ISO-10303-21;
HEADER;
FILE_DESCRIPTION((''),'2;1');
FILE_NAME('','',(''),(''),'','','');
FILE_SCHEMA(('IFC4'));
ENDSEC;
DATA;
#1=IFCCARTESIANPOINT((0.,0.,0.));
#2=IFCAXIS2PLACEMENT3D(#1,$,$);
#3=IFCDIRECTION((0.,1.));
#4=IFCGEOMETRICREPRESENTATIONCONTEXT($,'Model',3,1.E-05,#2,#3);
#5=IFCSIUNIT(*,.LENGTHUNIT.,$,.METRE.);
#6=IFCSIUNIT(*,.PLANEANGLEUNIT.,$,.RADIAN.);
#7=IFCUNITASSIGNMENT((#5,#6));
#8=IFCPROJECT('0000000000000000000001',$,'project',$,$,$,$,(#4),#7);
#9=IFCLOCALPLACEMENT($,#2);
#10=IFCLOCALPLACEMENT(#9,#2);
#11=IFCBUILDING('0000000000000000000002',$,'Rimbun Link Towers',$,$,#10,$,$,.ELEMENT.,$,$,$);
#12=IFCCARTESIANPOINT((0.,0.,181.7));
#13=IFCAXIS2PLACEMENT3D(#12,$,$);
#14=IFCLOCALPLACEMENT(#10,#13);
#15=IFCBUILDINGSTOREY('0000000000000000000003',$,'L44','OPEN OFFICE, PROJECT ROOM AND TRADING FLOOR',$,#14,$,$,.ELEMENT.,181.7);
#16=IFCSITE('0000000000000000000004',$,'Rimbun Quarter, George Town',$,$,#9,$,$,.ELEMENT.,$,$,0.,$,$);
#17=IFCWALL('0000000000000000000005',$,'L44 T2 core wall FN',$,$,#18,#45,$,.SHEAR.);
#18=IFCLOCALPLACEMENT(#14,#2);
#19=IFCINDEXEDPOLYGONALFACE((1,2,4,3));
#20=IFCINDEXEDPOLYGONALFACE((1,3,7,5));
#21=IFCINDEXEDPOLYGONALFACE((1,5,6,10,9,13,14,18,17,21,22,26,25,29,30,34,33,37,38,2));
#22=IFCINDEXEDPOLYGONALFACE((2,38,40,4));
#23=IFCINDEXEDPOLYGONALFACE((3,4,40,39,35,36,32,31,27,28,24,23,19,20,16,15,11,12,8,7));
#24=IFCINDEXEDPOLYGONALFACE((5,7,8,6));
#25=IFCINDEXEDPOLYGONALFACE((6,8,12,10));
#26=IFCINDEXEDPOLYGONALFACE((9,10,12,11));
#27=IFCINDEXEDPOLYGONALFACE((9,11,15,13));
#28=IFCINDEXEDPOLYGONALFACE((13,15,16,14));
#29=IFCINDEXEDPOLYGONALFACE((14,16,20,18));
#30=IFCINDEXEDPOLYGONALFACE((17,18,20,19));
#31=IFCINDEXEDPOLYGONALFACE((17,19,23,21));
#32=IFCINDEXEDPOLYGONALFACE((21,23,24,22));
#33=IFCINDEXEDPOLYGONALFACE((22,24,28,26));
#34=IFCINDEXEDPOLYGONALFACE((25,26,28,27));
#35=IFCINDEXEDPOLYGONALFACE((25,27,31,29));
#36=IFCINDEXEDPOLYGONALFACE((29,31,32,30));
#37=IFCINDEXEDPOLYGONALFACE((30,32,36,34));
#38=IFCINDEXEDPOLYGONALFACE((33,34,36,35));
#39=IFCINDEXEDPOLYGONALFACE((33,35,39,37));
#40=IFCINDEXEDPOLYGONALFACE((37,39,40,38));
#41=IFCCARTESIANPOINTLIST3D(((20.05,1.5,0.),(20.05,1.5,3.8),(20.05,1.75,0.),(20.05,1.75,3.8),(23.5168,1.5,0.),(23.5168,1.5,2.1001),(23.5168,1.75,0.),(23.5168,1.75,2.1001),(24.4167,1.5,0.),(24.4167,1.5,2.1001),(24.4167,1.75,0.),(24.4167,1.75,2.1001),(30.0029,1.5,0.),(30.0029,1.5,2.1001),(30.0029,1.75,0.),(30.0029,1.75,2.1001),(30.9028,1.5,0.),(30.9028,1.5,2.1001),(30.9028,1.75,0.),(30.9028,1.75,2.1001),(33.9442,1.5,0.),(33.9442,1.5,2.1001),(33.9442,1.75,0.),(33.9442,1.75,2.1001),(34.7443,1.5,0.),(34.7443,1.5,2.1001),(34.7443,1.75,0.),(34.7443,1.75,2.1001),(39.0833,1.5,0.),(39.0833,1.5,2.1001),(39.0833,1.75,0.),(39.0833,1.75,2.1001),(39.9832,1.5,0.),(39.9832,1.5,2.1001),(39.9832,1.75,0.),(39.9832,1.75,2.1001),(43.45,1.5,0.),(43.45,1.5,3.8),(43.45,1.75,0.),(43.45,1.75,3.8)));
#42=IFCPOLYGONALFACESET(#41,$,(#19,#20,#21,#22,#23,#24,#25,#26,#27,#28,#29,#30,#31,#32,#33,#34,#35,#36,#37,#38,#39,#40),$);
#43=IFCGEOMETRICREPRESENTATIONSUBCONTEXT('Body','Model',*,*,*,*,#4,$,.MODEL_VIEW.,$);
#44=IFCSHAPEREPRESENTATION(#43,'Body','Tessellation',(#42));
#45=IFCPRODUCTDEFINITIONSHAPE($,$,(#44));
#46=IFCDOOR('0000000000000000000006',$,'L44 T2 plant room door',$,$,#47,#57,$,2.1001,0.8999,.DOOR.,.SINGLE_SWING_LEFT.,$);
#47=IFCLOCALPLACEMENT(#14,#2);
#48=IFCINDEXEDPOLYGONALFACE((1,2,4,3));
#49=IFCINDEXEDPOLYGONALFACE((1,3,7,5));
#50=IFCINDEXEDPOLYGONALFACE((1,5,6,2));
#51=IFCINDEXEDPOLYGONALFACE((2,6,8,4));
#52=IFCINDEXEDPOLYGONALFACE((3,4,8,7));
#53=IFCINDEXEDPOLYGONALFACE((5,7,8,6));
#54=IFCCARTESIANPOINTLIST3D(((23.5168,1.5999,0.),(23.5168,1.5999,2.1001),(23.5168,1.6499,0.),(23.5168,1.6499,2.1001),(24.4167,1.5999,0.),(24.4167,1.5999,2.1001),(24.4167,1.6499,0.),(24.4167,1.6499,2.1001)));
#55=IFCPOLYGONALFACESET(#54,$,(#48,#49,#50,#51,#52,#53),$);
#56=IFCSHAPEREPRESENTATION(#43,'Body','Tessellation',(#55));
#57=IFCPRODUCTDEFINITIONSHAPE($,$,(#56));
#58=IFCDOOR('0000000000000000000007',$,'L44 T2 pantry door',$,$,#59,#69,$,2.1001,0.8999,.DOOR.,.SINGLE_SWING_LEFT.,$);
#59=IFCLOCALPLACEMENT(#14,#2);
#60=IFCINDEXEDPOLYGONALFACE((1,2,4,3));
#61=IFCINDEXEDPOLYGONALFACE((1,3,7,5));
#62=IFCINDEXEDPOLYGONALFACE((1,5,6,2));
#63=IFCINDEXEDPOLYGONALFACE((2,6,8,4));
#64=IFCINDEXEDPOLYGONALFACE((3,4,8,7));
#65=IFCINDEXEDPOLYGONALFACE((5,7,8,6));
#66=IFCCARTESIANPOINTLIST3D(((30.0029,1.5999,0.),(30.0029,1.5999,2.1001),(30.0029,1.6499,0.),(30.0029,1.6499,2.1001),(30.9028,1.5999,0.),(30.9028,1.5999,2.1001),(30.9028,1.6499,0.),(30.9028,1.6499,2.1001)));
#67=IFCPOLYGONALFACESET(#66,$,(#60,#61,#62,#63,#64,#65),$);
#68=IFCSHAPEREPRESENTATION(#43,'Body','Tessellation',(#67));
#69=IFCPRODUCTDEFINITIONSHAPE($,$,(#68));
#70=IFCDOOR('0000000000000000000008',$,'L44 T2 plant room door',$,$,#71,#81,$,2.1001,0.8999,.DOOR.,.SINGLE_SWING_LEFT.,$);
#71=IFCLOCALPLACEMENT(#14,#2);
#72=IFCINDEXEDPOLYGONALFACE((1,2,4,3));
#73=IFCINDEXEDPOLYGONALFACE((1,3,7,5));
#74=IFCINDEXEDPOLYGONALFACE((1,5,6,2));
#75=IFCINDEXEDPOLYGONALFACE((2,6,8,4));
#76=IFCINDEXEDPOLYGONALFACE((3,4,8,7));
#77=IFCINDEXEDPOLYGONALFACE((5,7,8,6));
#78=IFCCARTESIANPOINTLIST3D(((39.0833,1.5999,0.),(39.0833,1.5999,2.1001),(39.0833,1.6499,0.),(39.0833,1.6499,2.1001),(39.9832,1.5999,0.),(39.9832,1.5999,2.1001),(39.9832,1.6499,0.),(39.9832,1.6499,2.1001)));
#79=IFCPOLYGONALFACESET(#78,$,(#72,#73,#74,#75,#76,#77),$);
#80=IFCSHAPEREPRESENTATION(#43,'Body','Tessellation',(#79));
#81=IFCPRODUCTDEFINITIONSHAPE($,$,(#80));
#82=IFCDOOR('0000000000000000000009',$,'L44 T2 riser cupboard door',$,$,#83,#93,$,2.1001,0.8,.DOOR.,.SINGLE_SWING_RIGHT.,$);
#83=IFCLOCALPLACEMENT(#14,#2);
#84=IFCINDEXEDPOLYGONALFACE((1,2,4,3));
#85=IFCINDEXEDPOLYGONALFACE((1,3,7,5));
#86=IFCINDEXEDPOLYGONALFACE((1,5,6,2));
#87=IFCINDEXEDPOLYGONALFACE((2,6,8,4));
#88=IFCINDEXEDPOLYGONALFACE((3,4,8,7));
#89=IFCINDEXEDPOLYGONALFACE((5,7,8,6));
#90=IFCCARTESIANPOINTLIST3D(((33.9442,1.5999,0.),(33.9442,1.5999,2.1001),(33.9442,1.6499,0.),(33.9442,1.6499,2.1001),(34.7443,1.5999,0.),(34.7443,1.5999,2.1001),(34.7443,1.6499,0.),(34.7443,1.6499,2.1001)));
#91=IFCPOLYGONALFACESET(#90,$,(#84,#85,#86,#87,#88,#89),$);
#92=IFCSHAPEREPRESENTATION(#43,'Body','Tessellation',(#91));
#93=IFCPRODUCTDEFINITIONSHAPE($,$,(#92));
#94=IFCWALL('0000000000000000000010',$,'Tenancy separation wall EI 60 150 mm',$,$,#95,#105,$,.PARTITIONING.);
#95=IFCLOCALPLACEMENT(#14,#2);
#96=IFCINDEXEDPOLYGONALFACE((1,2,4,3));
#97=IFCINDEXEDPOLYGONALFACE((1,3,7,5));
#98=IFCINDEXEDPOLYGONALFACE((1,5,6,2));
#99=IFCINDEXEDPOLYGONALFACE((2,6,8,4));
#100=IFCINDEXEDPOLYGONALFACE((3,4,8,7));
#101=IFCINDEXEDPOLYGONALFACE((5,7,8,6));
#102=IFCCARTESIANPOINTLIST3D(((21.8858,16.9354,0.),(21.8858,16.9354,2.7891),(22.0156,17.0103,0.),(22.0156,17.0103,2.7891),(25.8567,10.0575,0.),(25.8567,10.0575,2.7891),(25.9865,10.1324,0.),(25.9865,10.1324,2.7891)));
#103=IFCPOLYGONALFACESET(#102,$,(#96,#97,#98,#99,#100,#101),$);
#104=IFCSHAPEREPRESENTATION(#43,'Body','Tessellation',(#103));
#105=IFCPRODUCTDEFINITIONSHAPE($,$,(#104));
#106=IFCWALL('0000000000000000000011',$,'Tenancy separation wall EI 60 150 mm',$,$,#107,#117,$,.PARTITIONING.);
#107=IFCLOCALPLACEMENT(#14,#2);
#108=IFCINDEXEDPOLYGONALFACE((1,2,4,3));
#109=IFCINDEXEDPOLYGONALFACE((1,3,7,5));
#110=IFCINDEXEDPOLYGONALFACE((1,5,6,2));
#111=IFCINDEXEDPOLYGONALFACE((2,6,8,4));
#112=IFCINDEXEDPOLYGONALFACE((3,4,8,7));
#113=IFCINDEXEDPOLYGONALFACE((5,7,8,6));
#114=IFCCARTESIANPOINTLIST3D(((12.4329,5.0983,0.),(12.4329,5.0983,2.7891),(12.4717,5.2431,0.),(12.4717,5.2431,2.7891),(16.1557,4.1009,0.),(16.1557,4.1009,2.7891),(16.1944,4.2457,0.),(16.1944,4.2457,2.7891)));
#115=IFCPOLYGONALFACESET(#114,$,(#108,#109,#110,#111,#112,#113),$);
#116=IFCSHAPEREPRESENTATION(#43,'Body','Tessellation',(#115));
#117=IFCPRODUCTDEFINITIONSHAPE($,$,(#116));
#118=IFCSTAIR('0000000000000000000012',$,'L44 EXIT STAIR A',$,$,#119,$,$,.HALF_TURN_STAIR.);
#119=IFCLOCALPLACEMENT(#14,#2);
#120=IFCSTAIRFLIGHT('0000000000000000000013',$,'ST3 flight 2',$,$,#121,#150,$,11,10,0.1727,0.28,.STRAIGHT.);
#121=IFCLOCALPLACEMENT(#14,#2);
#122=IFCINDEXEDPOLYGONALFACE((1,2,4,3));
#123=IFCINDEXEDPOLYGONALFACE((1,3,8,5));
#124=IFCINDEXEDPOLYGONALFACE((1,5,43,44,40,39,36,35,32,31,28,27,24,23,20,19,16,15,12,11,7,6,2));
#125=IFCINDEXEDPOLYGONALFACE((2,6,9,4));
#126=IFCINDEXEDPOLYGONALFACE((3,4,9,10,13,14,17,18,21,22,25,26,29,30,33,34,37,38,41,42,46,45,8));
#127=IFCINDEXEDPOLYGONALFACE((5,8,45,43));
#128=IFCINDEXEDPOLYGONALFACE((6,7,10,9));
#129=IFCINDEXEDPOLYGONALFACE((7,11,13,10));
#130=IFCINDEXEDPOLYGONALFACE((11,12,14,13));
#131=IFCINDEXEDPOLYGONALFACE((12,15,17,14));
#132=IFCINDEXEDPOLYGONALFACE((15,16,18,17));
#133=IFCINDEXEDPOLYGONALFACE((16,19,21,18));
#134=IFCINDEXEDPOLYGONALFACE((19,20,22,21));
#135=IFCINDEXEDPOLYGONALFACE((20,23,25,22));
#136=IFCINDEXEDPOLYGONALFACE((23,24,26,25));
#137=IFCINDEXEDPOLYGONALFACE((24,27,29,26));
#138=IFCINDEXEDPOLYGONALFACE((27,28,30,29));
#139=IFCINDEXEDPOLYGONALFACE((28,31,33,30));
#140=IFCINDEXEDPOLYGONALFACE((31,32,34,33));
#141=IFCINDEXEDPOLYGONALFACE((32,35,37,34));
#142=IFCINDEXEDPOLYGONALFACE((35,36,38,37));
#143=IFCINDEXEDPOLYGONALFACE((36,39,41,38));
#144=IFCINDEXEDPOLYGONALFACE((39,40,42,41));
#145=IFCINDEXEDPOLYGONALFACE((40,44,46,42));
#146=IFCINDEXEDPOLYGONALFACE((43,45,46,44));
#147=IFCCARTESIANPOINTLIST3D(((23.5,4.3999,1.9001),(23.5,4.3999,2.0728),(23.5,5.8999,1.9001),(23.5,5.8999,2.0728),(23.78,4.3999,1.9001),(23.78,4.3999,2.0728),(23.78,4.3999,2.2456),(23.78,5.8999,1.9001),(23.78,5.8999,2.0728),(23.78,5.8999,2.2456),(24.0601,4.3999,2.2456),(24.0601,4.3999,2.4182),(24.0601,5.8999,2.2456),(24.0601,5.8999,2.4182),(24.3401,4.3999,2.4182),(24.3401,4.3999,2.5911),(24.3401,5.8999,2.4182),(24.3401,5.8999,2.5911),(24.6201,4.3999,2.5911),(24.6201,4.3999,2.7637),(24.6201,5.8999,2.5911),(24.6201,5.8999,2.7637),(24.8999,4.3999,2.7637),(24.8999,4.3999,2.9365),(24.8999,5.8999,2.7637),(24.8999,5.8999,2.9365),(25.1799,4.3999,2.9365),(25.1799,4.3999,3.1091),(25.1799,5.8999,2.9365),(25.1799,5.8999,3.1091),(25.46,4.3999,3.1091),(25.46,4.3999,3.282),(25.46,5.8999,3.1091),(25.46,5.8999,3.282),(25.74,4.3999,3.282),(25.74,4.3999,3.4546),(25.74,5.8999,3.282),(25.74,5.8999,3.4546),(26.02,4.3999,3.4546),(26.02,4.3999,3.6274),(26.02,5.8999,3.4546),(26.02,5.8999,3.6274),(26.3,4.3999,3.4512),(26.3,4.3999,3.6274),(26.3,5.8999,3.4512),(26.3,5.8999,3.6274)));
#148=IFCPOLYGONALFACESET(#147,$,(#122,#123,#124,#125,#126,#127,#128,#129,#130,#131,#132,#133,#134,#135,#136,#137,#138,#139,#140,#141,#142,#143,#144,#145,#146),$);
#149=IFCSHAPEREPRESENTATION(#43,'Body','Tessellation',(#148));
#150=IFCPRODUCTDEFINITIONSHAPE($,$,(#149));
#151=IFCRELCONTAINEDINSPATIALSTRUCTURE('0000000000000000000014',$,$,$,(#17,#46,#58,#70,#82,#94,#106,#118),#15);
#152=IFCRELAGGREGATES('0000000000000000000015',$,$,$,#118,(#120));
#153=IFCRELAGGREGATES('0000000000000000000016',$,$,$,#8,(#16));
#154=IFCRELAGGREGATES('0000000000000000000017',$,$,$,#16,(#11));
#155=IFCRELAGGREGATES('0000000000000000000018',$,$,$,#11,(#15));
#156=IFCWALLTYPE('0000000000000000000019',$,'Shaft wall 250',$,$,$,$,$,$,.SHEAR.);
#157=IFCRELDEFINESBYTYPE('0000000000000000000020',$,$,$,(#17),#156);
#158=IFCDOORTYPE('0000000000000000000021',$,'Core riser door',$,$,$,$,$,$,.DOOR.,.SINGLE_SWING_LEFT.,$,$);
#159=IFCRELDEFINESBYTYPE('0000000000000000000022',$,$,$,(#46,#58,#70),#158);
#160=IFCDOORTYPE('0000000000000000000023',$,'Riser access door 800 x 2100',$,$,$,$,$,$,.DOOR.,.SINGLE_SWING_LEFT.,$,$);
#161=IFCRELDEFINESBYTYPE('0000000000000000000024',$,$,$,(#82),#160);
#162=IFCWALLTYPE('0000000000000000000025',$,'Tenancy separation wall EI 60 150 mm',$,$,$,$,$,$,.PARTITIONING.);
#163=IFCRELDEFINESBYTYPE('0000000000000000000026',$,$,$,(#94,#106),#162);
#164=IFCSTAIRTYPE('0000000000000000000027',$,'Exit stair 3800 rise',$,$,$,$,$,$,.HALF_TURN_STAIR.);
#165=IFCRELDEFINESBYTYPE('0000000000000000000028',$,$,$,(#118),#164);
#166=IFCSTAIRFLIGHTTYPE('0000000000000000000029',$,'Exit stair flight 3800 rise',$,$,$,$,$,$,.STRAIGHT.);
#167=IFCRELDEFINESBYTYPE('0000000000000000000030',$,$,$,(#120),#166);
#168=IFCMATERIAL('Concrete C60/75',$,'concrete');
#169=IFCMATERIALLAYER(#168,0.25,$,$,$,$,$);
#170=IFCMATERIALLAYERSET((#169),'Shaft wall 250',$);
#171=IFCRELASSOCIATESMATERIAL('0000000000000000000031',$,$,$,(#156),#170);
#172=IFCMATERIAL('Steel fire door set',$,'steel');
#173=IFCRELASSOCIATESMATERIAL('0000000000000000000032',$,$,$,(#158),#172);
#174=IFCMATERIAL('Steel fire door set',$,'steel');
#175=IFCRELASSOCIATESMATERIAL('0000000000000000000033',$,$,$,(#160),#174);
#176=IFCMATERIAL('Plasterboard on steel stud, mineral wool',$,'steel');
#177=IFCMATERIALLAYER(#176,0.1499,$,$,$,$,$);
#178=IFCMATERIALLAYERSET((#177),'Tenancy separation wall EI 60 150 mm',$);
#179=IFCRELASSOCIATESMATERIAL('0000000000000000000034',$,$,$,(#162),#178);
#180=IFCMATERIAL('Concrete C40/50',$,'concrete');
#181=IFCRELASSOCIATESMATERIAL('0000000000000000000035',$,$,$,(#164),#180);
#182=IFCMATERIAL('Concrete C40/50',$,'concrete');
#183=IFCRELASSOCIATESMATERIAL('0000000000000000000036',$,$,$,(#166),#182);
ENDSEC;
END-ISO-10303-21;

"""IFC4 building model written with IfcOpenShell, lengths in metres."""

from ifc_helpers import new_model, si_unit, direction, frame, frame_2d, origin, place, context, subcontext, project, spatial, polyline, rectangle, outline, extrude, material, layer, layer_set, type_object, element, fill, aggregate, save


model = new_model("IFC4")

# Units and contexts
model_context = context("Model", 3, precision=1e-05, world=origin(), true_north=direction((0.0, 1.0)))
body_context = subcontext(model_context, "Body", "Model", "MODEL_VIEW")
ifc_project = project(units=[si_unit("LENGTHUNIT", "METRE"), si_unit("PLANEANGLEUNIT", "RADIAN")], contexts=[model_context])

# Site, building, storey
site_placement = place(None, origin())
site = spatial("IfcSite", under=ifc_project, at=site_placement, Name="Rimbun Quarter, George Town", CompositionType="ELEMENT", RefElevation=0.0)
building_placement = place(site_placement, origin())
building = spatial("IfcBuilding", under=site, at=building_placement, Name="Rimbun Link Towers", CompositionType="ELEMENT")
storey_placement = place(building_placement, frame((0.0, 0.0, 181.7)))
storey = spatial("IfcBuildingStorey", under=building, at=storey_placement, Name="L44", Description="OPEN OFFICE, PROJECT ROOM AND TRADING FLOOR", CompositionType="ELEMENT", Elevation=181.7)

# Shared definitions
ifc_material_1 = material(Name="Concrete C60/75", Category="concrete")
ifc_layer_1 = layer(ifc_material_1, 0.25)
ifc_layer_set_1 = layer_set([ifc_layer_1], Name="Shaft wall 250")
wall_type_1 = type_object("IfcWallType", Name="Shaft wall 250", PredefinedType="SHEAR", material=ifc_layer_set_1)

# Wall, openings, doors
wall_1_placement = place(storey_placement, frame((20.05, 1.625, 0.0), z_axis=(0.0, 0.0, 1.0), x_axis=(1.0, 0.0, 0.0)))
wall_1 = element("IfcWall", 1, at=wall_1_placement, inside=storey, type_object=wall_type_1, Name="L44 T2 core wall FN", PredefinedType="SHEAR", context=body_context, shape_type="SweptSolid", body=[
    extrude(rectangle(XDim=23.3999, YDim=0.25, at=frame_2d((11.7, 0.0))), origin(), (0.0, 0.0, 1.0), 3.8),
])
opening_1_placement = place(wall_1_placement, frame((3.4668, 0.0, 0.0)))
opening_1 = element("IfcOpeningElement", 2, at=opening_1_placement, cuts=wall_1, PredefinedType="OPENING", context=body_context, shape_type="SweptSolid", body=[
    extrude(rectangle(XDim=0.8999, YDim=2.1001, at=frame_2d((0.45, 1.05))), frame((0.0, 0.135, 0.0), z_axis=(0.0, -1.0, 0.0), x_axis=(1.0, 0.0, 0.0)), (0.0, 0.0, 1.0), 0.27),
])
opening_2_placement = place(wall_1_placement, frame((9.9529, 0.0, 0.0)))
opening_2 = element("IfcOpeningElement", 3, at=opening_2_placement, cuts=wall_1, PredefinedType="OPENING", context=body_context, shape_type="SweptSolid", body=[
    extrude(rectangle(XDim=0.8999, YDim=2.1001, at=frame_2d((0.45, 1.05))), frame((0.0, 0.135, 0.0), z_axis=(0.0, -1.0, 0.0), x_axis=(1.0, 0.0, 0.0)), (0.0, 0.0, 1.0), 0.27),
])
opening_3_placement = place(wall_1_placement, frame((13.8943, 0.0, 0.0)))
opening_3 = element("IfcOpeningElement", 4, at=opening_3_placement, cuts=wall_1, PredefinedType="OPENING", context=body_context, shape_type="SweptSolid", body=[
    extrude(rectangle(XDim=0.8, YDim=2.1001, at=frame_2d((0.3999, 1.05))), frame((0.0, 0.135, 0.0), z_axis=(0.0, -1.0, 0.0), x_axis=(1.0, 0.0, 0.0)), (0.0, 0.0, 1.0), 0.27),
])
opening_4_placement = place(wall_1_placement, frame((19.0332, 0.0, 0.0)))
opening_4 = element("IfcOpeningElement", 5, at=opening_4_placement, cuts=wall_1, PredefinedType="OPENING", context=body_context, shape_type="SweptSolid", body=[
    extrude(rectangle(XDim=0.8999, YDim=2.1001, at=frame_2d((0.45, 1.05))), frame((0.0, 0.135, 0.0), z_axis=(0.0, -1.0, 0.0), x_axis=(1.0, 0.0, 0.0)), (0.0, 0.0, 1.0), 0.27),
])
ifc_material_2 = material(Name="Steel fire door set", Category="steel")
door_type_1 = type_object("IfcDoorType", Name="Core riser door", OperationType="SINGLE_SWING_LEFT", PredefinedType="DOOR", material=ifc_material_2)
door_1_placement = place(opening_1_placement, origin())
door_1 = element("IfcDoor", 6, at=door_1_placement, inside=storey, type_object=door_type_1, Name="L44 T2 plant room door", OperationType="SINGLE_SWING_LEFT", OverallHeight=2.1001, OverallWidth=0.8999, PredefinedType="DOOR", context=body_context, shape_type="SweptSolid", body=[
    extrude(rectangle(XDim=0.8999, YDim=2.1001, at=frame_2d((0.45, 1.05))), frame((0.0, 0.0249, 0.0), z_axis=(0.0, -1.0, 0.0), x_axis=(1.0, 0.0, 0.0)), (0.0, 0.0, 1.0), 0.05),
])
fill(opening_1, door_1)
door_2_placement = place(opening_2_placement, origin())
door_2 = element("IfcDoor", 7, at=door_2_placement, inside=storey, type_object=door_type_1, Name="L44 T2 pantry door", OperationType="SINGLE_SWING_LEFT", OverallHeight=2.1001, OverallWidth=0.8999, PredefinedType="DOOR", context=body_context, shape_type="SweptSolid", body=[
    extrude(rectangle(XDim=0.8999, YDim=2.1001, at=frame_2d((0.45, 1.05))), frame((0.0, 0.0249, 0.0), z_axis=(0.0, -1.0, 0.0), x_axis=(1.0, 0.0, 0.0)), (0.0, 0.0, 1.0), 0.05),
])
fill(opening_2, door_2)
door_3_placement = place(opening_4_placement, origin())
door_3 = element("IfcDoor", 8, at=door_3_placement, inside=storey, type_object=door_type_1, Name="L44 T2 plant room door", OperationType="SINGLE_SWING_LEFT", OverallHeight=2.1001, OverallWidth=0.8999, PredefinedType="DOOR", context=body_context, shape_type="SweptSolid", body=[
    extrude(rectangle(XDim=0.8999, YDim=2.1001, at=frame_2d((0.45, 1.05))), frame((0.0, 0.0249, 0.0), z_axis=(0.0, -1.0, 0.0), x_axis=(1.0, 0.0, 0.0)), (0.0, 0.0, 1.0), 0.05),
])
fill(opening_4, door_3)
ifc_material_3 = material(Name="Steel fire door set", Category="steel")
door_type_2 = type_object("IfcDoorType", Name="Riser access door 800 x 2100", OperationType="SINGLE_SWING_LEFT", PredefinedType="DOOR", material=ifc_material_3)
door_4_placement = place(opening_3_placement, origin())
door_4 = element("IfcDoor", 9, at=door_4_placement, inside=storey, type_object=door_type_2, Name="L44 T2 riser cupboard door", OperationType="SINGLE_SWING_RIGHT", OverallHeight=2.1001, OverallWidth=0.8, PredefinedType="DOOR", context=body_context, shape_type="SweptSolid", body=[
    extrude(rectangle(XDim=0.8, YDim=2.1001, at=frame_2d((0.3999, 1.05))), frame((0.0, 0.0249, 0.0), z_axis=(0.0, -1.0, 0.0), x_axis=(1.0, 0.0, 0.0)), (0.0, 0.0, 1.0), 0.05),
])
fill(opening_3, door_4)

# Walls
ifc_material_4 = material(Name="Plasterboard on steel stud, mineral wool", Category="steel")
ifc_layer_2 = layer(ifc_material_4, 0.1499)
ifc_layer_set_2 = layer_set([ifc_layer_2], Name="Tenancy separation wall EI 60 150 mm")
wall_type_2 = type_object("IfcWallType", Name="Tenancy separation wall EI 60 150 mm", PredefinedType="PARTITIONING", material=ifc_layer_set_2)
wall_2_placement = place(storey_placement, frame((25.9216, 10.095, 0.0), z_axis=(0.0, 0.0, 1.0), x_axis=(-0.499997, 0.866027, 0.0)))
element("IfcWall", 10, at=wall_2_placement, inside=storey, type_object=wall_type_2, Name="Tenancy separation wall EI 60 150 mm", PredefinedType="PARTITIONING", context=body_context, shape_type="SweptSolid", body=[
    extrude(rectangle(XDim=7.9419, YDim=0.1499, at=frame_2d((3.9709, 0.0))), origin(), (0.0, 0.0, 1.0), 2.7891),
])
wall_3_placement = place(storey_placement, frame((16.175, 4.1733, 0.0), z_axis=(0.0, 0.0, 1.0), x_axis=(-0.965937, 0.258778, 0.0)))
element("IfcWall", 11, at=wall_3_placement, inside=storey, type_object=wall_type_2, Name="Tenancy separation wall EI 60 150 mm", PredefinedType="PARTITIONING", context=body_context, shape_type="SweptSolid", body=[
    extrude(rectangle(XDim=3.854, YDim=0.1499, at=frame_2d((1.927, 0.0))), origin(), (0.0, 0.0, 1.0), 2.7891),
])

# Stair, stair flight
ifc_material_5 = material(Name="Concrete C40/50", Category="concrete")
stair_type = type_object("IfcStairType", Name="Exit stair 3800 rise", PredefinedType="HALF_TURN_STAIR", material=ifc_material_5)
stair_placement = place(storey_placement, origin())
stair = element("IfcStair", 12, at=stair_placement, inside=storey, type_object=stair_type, Name="L44 EXIT STAIR A", PredefinedType="HALF_TURN_STAIR")
ifc_material_6 = material(Name="Concrete C40/50", Category="concrete")
stair_flight_type = type_object("IfcStairFlightType", Name="Exit stair flight 3800 rise", PredefinedType="STRAIGHT", material=ifc_material_6)
stair_flight_placement = place(storey_placement, frame((23.5, 5.1499, 1.9001), z_axis=(0.0, 0.0, 1.0), x_axis=(1.0, 0.0, 0.0)))
stair_flight = element("IfcStairFlight", 13, at=stair_flight_placement, type_object=stair_flight_type, Name="ST3 flight 2", NumberOfRisers=11, NumberOfTreads=10, PredefinedType="STRAIGHT", RiserHeight=0.1727, TreadLength=0.28, context=body_context, shape_type="SweptSolid", body=[
    extrude(outline(polyline([(0.0, 0.0), (0.0, 0.1726), (0.28, 0.1726), (0.28, 0.3455), (0.5601, 0.3455), (0.5601, 0.5181), (0.8401, 0.5181), (0.8401, 0.6909), (1.1201, 0.6909), (1.1201, 0.8635), (1.3999, 0.8635), (1.3999, 1.0364), (1.6799, 1.0364), (1.6799, 1.209), (1.96, 1.209), (1.96, 1.3818), (2.24, 1.3818), (2.24, 1.5544), (2.52, 1.5544), (2.52, 1.7273), (2.8, 1.7273), (2.8, 1.8999), (2.8, 1.551), (0.28, 0.0), (0.0, 0.0)])), frame((0.0, 0.75, 0.0), z_axis=(0.0, -1.0, 0.0), x_axis=(1.0, 0.0, 0.0)), (0.0, 0.0, 1.0), 1.5),
])
aggregate(stair, [stair_flight])

save(model, "model.ifc")
